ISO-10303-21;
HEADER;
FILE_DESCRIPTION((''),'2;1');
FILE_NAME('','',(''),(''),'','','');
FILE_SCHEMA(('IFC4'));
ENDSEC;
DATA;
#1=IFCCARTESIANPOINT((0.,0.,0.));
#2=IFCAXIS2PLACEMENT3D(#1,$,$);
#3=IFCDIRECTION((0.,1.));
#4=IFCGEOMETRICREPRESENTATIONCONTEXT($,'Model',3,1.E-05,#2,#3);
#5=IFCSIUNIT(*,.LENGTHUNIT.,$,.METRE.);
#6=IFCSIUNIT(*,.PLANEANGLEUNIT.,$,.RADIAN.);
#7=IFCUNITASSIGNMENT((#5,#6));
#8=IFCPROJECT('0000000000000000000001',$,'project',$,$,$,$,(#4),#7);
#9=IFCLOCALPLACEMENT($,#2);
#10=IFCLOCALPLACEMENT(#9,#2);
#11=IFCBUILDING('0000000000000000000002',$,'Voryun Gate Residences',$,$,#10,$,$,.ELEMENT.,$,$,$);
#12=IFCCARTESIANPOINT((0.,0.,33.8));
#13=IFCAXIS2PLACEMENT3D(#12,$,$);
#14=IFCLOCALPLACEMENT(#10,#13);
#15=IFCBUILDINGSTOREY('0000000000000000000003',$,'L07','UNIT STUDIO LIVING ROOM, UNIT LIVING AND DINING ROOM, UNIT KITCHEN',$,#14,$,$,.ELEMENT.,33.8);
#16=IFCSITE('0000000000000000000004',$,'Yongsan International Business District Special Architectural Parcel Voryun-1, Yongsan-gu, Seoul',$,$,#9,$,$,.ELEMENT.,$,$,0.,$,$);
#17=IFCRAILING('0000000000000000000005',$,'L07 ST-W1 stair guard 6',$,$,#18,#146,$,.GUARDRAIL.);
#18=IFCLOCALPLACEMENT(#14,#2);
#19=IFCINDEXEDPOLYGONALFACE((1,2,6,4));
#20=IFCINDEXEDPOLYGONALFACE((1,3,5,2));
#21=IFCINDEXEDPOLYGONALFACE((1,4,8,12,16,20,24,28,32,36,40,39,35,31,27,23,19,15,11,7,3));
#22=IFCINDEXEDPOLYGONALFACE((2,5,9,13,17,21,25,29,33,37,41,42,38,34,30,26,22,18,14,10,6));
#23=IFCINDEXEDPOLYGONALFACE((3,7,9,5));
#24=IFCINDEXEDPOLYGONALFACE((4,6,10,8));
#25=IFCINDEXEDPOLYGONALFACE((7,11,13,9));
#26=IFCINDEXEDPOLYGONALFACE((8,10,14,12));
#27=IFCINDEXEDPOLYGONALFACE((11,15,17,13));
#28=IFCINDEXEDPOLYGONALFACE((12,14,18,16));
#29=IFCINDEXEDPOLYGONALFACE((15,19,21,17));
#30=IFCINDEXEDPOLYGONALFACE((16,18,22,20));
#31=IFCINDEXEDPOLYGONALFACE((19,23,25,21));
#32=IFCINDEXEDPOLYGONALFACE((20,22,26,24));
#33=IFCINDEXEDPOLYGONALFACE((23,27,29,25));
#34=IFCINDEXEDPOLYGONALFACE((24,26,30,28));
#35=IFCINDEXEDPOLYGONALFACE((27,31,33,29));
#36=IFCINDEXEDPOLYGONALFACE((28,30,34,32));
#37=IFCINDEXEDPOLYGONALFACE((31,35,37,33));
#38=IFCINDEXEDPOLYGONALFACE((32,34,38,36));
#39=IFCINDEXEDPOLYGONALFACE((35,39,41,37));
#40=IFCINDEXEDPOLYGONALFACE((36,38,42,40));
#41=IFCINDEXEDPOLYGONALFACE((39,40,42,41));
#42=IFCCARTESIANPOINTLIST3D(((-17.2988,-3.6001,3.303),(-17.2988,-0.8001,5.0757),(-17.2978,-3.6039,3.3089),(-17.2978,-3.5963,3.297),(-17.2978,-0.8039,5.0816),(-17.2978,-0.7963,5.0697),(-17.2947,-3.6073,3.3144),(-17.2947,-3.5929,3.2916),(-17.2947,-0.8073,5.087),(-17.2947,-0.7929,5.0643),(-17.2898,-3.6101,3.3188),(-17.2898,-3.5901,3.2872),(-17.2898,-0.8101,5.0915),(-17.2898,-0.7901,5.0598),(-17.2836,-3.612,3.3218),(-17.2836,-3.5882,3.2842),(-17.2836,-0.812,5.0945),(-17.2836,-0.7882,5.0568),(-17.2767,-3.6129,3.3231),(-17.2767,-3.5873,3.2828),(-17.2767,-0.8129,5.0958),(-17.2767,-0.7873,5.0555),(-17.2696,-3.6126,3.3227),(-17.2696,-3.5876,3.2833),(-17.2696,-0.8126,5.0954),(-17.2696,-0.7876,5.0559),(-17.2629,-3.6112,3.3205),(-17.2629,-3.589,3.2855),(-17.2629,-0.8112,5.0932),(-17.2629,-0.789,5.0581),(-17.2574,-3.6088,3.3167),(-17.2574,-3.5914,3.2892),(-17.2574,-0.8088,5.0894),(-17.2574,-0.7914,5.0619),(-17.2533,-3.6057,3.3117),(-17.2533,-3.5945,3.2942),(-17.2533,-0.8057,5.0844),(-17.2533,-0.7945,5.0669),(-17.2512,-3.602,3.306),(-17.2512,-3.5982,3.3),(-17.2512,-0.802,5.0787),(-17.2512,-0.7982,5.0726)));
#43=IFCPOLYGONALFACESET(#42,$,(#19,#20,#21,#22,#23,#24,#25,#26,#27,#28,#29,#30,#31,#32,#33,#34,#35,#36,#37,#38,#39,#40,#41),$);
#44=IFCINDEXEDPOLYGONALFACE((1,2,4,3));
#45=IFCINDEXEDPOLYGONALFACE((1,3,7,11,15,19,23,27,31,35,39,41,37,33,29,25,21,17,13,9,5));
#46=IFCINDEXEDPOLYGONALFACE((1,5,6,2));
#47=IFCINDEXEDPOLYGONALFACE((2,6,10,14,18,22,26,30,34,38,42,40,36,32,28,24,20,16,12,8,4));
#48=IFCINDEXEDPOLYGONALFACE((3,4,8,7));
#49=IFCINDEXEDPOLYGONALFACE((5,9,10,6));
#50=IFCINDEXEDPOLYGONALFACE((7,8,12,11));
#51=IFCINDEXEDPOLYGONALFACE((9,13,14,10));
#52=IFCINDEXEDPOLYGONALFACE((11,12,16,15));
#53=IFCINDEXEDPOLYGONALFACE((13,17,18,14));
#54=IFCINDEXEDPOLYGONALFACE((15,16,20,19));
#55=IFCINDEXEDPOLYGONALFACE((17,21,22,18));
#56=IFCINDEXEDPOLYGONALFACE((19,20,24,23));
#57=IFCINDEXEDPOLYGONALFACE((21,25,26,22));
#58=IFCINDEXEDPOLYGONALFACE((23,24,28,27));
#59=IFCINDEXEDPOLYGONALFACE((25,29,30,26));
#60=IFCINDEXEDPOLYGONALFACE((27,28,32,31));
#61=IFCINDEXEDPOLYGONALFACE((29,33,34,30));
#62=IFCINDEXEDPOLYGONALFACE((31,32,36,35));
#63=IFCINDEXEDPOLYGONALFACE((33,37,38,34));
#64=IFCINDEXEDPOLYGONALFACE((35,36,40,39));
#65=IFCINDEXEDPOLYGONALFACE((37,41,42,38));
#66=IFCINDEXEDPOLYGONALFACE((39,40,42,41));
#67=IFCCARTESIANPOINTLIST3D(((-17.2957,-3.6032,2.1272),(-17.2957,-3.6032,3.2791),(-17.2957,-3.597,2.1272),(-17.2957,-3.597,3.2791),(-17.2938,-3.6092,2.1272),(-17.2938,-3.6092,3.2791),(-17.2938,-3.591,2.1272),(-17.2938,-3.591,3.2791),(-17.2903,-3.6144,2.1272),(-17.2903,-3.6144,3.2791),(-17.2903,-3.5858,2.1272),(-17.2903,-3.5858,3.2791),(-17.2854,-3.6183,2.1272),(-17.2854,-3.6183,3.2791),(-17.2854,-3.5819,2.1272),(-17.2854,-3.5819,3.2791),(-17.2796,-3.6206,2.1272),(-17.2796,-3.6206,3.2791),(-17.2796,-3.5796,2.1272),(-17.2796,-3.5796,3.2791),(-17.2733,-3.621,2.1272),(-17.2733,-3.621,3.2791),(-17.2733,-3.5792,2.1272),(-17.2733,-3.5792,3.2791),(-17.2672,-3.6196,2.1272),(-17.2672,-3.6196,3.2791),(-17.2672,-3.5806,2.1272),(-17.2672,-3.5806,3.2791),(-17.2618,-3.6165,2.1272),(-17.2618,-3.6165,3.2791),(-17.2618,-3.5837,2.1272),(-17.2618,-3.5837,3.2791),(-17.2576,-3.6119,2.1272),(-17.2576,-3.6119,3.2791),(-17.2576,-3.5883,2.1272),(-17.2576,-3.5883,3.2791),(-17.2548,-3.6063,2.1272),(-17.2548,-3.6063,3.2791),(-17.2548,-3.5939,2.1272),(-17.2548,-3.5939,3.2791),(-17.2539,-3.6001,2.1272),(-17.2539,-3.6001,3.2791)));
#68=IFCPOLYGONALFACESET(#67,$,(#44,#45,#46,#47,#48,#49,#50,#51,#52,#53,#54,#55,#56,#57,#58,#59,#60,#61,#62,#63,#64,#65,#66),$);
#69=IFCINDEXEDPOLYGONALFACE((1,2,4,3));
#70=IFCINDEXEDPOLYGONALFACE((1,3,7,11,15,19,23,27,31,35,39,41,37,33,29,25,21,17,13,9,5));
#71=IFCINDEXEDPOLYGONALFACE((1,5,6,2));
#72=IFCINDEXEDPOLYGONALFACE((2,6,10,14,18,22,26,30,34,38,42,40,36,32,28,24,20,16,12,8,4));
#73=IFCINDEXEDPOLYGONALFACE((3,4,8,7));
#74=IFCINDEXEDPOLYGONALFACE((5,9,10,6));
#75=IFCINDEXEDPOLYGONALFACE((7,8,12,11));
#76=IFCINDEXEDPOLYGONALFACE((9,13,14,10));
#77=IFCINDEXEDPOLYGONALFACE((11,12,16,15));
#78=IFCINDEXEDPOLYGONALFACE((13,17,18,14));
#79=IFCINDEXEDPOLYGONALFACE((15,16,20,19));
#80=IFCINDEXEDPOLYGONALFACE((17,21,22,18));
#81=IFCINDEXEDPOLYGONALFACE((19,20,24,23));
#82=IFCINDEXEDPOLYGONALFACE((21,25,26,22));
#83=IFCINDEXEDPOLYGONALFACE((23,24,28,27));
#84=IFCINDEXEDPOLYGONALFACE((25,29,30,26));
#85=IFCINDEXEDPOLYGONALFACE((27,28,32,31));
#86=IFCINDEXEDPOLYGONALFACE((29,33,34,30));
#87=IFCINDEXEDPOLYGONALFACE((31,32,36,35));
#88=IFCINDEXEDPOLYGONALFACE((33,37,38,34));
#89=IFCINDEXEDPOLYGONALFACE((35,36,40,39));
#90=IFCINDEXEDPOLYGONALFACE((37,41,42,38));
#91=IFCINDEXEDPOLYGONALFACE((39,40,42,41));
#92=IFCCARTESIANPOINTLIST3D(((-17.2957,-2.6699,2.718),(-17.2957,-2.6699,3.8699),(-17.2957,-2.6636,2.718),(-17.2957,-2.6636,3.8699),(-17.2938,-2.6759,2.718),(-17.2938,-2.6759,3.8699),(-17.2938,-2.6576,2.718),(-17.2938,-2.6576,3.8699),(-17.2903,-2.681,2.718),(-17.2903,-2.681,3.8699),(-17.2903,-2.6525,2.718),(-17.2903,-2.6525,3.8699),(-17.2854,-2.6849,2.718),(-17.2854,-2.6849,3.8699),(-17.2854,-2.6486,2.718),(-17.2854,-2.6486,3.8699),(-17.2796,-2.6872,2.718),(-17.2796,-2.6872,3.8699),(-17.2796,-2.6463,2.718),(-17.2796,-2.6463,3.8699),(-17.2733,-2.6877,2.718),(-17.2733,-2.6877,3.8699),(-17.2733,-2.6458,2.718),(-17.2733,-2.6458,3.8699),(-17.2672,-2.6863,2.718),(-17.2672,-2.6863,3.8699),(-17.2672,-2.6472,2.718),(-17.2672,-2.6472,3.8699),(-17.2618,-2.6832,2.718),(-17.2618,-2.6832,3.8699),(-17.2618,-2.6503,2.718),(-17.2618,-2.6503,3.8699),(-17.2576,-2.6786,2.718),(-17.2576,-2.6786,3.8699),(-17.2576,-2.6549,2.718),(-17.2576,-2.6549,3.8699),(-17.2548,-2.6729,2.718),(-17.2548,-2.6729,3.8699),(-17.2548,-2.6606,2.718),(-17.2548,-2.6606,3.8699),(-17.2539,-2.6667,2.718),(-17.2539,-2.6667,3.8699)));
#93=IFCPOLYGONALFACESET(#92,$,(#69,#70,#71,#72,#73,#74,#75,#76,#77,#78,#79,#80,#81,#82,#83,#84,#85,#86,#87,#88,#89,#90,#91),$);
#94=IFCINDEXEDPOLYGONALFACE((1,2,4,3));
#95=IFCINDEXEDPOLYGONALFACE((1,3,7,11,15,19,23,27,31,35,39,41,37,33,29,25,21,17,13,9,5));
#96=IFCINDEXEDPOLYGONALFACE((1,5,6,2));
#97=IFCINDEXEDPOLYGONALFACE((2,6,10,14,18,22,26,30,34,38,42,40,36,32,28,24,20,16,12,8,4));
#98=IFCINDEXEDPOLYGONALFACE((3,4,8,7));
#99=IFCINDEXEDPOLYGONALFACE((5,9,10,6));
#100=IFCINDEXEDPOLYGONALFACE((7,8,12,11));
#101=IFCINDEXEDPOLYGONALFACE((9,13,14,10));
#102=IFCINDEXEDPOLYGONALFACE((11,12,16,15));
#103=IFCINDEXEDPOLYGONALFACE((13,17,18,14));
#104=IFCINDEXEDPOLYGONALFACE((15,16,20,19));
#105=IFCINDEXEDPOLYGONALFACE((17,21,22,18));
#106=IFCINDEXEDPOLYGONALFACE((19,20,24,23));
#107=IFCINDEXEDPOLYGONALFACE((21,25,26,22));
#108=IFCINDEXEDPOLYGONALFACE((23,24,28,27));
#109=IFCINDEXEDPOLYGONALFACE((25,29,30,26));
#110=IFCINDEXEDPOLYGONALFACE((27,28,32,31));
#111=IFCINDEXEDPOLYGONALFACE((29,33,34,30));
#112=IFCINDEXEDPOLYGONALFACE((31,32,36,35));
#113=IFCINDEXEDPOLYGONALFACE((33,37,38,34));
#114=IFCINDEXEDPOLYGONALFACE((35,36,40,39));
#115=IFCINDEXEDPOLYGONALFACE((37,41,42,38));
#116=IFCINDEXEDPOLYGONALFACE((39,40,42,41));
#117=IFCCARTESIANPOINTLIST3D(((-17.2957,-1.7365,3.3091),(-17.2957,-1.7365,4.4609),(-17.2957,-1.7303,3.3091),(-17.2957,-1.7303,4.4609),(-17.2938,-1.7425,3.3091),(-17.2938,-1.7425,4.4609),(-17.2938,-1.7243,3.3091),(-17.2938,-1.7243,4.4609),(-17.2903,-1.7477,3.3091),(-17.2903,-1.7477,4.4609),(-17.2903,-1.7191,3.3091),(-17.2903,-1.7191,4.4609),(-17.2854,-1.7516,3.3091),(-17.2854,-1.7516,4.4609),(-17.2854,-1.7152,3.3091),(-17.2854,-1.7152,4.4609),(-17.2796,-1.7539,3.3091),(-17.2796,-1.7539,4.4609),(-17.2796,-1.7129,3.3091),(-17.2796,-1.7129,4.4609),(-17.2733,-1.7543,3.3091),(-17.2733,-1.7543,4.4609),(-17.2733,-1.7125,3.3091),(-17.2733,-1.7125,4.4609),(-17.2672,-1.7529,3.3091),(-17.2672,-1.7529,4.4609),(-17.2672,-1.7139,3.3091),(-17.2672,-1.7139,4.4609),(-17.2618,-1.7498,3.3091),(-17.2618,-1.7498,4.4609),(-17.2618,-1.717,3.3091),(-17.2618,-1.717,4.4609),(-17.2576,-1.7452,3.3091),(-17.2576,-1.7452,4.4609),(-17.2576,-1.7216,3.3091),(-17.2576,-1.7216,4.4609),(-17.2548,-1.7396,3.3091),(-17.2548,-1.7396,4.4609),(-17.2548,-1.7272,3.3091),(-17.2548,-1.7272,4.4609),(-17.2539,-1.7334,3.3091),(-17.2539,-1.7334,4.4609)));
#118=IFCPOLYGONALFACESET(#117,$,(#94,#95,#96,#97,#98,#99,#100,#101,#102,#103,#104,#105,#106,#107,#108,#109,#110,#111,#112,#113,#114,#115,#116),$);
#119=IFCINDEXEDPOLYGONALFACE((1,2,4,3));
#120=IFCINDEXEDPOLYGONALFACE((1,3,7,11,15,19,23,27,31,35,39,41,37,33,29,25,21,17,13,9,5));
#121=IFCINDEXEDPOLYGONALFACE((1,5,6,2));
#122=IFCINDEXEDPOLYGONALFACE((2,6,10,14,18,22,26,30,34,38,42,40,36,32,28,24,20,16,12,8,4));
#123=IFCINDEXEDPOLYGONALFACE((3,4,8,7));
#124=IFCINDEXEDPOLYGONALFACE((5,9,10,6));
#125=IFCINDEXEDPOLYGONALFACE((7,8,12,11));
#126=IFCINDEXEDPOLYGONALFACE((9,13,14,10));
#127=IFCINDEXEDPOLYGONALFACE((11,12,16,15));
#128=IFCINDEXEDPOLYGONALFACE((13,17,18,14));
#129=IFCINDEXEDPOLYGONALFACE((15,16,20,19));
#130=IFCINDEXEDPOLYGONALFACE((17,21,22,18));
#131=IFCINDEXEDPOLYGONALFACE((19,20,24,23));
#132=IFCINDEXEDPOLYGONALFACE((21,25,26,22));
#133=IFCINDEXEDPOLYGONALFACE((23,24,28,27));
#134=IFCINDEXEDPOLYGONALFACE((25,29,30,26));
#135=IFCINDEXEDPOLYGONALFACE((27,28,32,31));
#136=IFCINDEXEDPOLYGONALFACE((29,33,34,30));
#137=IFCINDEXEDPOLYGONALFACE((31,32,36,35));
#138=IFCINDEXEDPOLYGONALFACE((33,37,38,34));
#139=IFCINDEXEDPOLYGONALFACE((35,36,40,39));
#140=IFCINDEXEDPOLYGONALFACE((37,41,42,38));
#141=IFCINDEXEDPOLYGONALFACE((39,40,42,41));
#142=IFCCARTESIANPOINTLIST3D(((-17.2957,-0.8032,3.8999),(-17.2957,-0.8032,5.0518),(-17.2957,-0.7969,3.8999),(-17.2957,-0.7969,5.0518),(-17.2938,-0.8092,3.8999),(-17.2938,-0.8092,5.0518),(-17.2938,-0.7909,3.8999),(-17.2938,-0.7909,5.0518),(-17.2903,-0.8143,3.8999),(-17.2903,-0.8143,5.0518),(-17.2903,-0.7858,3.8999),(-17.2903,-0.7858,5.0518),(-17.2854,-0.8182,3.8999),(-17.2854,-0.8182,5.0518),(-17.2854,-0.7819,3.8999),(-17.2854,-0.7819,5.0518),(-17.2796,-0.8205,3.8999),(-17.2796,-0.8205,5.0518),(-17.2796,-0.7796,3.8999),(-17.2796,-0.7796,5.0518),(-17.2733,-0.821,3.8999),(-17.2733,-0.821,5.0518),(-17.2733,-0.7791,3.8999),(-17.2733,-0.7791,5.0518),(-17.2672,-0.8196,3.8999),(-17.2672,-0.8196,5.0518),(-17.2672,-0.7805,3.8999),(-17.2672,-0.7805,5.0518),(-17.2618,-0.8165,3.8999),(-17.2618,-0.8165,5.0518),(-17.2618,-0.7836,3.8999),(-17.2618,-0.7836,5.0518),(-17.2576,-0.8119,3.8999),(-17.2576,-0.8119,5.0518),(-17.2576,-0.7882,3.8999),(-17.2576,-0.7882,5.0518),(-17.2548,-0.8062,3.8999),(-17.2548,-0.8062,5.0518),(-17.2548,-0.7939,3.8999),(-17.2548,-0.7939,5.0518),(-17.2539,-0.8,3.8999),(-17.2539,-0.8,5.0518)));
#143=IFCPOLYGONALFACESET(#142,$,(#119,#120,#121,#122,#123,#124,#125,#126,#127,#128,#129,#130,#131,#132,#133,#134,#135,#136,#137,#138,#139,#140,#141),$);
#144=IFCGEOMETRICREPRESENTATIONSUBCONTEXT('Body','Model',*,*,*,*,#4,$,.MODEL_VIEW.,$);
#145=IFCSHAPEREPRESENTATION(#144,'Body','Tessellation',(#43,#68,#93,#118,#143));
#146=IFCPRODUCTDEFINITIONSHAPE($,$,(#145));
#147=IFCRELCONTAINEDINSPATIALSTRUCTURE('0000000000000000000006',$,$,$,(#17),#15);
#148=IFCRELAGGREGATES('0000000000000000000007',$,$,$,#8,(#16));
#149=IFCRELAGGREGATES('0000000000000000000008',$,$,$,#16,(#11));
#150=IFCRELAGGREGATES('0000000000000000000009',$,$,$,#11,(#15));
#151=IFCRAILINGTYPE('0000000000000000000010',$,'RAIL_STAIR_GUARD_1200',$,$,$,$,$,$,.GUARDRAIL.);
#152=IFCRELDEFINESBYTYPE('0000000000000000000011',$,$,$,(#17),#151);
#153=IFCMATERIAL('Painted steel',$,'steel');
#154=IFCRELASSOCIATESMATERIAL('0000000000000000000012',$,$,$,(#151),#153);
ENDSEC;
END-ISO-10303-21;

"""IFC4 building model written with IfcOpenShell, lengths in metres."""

from ifc_helpers import new_model, si_unit, direction, frame, origin, origin_2d, place, context, subcontext, project, spatial, circle, extrude, material, type_object, element, save


model = new_model("IFC4")

# Units and contexts
model_context = context("Model", 3, precision=1e-05, world=origin(), true_north=direction((0.0, 1.0)))
body_context = subcontext(model_context, "Body", "Model", "MODEL_VIEW")
ifc_project = project(units=[si_unit("LENGTHUNIT", "METRE"), si_unit("PLANEANGLEUNIT", "RADIAN")], contexts=[model_context])

# Site, building, storey
site_placement = place(None, origin())
site = spatial("IfcSite", under=ifc_project, at=site_placement, Name="Yongsan International Business District Special Architectural Parcel Voryun-1, Yongsan-gu, Seoul", CompositionType="ELEMENT", RefElevation=0.0)
building_placement = place(site_placement, origin())
building = spatial("IfcBuilding", under=site, at=building_placement, Name="Voryun Gate Residences", CompositionType="ELEMENT")
storey_placement = place(building_placement, frame((0.0, 0.0, 33.8)))
storey = spatial("IfcBuildingStorey", under=building, at=storey_placement, Name="L07", Description="UNIT STUDIO LIVING ROOM, UNIT LIVING AND DINING ROOM, UNIT KITCHEN", CompositionType="ELEMENT", Elevation=33.8)

# Railing
ifc_material_1 = material(Name="Painted steel", Category="steel")
railing_type_1 = type_object("IfcRailingType", Name="RAIL_STAIR_GUARD_1200", PredefinedType="GUARDRAIL", material=ifc_material_1)
railing_1_placement = place(storey_placement, frame((-17.2749, -3.6001, 2.1272)))
element("IfcRailing", 1, at=railing_1_placement, inside=storey, type_object=railing_type_1, Name="L07 ST-W1 stair guard 6", PredefinedType="GUARDRAIL", context=body_context, shape_type="SweptSolid", body=[
    extrude(circle(Radius=0.0239, at=origin_2d()), frame((0.0, 0.0, 1.1758), z_axis=(0.0, 0.844909, 0.53491), x_axis=(-1.0, 0.0, 0.0)), (0.0, 0.0, 1.0), 3.314),
    extrude(circle(Radius=0.021, at=origin_2d()), origin(), (0.0, 0.0, 1.0), 1.1519),
    extrude(circle(Radius=0.021, at=origin_2d()), frame((0.0, 0.9333, 0.5908)), (0.0, 0.0, 1.0), 1.1519),
    extrude(circle(Radius=0.021, at=origin_2d()), frame((0.0, 1.8667, 1.1819)), (0.0, 0.0, 1.0), 1.1519),
    extrude(circle(Radius=0.021, at=origin_2d()), frame((0.0, 2.8, 1.7727)), (0.0, 0.0, 1.0), 1.1519),
])

save(model, "model.ifc")
